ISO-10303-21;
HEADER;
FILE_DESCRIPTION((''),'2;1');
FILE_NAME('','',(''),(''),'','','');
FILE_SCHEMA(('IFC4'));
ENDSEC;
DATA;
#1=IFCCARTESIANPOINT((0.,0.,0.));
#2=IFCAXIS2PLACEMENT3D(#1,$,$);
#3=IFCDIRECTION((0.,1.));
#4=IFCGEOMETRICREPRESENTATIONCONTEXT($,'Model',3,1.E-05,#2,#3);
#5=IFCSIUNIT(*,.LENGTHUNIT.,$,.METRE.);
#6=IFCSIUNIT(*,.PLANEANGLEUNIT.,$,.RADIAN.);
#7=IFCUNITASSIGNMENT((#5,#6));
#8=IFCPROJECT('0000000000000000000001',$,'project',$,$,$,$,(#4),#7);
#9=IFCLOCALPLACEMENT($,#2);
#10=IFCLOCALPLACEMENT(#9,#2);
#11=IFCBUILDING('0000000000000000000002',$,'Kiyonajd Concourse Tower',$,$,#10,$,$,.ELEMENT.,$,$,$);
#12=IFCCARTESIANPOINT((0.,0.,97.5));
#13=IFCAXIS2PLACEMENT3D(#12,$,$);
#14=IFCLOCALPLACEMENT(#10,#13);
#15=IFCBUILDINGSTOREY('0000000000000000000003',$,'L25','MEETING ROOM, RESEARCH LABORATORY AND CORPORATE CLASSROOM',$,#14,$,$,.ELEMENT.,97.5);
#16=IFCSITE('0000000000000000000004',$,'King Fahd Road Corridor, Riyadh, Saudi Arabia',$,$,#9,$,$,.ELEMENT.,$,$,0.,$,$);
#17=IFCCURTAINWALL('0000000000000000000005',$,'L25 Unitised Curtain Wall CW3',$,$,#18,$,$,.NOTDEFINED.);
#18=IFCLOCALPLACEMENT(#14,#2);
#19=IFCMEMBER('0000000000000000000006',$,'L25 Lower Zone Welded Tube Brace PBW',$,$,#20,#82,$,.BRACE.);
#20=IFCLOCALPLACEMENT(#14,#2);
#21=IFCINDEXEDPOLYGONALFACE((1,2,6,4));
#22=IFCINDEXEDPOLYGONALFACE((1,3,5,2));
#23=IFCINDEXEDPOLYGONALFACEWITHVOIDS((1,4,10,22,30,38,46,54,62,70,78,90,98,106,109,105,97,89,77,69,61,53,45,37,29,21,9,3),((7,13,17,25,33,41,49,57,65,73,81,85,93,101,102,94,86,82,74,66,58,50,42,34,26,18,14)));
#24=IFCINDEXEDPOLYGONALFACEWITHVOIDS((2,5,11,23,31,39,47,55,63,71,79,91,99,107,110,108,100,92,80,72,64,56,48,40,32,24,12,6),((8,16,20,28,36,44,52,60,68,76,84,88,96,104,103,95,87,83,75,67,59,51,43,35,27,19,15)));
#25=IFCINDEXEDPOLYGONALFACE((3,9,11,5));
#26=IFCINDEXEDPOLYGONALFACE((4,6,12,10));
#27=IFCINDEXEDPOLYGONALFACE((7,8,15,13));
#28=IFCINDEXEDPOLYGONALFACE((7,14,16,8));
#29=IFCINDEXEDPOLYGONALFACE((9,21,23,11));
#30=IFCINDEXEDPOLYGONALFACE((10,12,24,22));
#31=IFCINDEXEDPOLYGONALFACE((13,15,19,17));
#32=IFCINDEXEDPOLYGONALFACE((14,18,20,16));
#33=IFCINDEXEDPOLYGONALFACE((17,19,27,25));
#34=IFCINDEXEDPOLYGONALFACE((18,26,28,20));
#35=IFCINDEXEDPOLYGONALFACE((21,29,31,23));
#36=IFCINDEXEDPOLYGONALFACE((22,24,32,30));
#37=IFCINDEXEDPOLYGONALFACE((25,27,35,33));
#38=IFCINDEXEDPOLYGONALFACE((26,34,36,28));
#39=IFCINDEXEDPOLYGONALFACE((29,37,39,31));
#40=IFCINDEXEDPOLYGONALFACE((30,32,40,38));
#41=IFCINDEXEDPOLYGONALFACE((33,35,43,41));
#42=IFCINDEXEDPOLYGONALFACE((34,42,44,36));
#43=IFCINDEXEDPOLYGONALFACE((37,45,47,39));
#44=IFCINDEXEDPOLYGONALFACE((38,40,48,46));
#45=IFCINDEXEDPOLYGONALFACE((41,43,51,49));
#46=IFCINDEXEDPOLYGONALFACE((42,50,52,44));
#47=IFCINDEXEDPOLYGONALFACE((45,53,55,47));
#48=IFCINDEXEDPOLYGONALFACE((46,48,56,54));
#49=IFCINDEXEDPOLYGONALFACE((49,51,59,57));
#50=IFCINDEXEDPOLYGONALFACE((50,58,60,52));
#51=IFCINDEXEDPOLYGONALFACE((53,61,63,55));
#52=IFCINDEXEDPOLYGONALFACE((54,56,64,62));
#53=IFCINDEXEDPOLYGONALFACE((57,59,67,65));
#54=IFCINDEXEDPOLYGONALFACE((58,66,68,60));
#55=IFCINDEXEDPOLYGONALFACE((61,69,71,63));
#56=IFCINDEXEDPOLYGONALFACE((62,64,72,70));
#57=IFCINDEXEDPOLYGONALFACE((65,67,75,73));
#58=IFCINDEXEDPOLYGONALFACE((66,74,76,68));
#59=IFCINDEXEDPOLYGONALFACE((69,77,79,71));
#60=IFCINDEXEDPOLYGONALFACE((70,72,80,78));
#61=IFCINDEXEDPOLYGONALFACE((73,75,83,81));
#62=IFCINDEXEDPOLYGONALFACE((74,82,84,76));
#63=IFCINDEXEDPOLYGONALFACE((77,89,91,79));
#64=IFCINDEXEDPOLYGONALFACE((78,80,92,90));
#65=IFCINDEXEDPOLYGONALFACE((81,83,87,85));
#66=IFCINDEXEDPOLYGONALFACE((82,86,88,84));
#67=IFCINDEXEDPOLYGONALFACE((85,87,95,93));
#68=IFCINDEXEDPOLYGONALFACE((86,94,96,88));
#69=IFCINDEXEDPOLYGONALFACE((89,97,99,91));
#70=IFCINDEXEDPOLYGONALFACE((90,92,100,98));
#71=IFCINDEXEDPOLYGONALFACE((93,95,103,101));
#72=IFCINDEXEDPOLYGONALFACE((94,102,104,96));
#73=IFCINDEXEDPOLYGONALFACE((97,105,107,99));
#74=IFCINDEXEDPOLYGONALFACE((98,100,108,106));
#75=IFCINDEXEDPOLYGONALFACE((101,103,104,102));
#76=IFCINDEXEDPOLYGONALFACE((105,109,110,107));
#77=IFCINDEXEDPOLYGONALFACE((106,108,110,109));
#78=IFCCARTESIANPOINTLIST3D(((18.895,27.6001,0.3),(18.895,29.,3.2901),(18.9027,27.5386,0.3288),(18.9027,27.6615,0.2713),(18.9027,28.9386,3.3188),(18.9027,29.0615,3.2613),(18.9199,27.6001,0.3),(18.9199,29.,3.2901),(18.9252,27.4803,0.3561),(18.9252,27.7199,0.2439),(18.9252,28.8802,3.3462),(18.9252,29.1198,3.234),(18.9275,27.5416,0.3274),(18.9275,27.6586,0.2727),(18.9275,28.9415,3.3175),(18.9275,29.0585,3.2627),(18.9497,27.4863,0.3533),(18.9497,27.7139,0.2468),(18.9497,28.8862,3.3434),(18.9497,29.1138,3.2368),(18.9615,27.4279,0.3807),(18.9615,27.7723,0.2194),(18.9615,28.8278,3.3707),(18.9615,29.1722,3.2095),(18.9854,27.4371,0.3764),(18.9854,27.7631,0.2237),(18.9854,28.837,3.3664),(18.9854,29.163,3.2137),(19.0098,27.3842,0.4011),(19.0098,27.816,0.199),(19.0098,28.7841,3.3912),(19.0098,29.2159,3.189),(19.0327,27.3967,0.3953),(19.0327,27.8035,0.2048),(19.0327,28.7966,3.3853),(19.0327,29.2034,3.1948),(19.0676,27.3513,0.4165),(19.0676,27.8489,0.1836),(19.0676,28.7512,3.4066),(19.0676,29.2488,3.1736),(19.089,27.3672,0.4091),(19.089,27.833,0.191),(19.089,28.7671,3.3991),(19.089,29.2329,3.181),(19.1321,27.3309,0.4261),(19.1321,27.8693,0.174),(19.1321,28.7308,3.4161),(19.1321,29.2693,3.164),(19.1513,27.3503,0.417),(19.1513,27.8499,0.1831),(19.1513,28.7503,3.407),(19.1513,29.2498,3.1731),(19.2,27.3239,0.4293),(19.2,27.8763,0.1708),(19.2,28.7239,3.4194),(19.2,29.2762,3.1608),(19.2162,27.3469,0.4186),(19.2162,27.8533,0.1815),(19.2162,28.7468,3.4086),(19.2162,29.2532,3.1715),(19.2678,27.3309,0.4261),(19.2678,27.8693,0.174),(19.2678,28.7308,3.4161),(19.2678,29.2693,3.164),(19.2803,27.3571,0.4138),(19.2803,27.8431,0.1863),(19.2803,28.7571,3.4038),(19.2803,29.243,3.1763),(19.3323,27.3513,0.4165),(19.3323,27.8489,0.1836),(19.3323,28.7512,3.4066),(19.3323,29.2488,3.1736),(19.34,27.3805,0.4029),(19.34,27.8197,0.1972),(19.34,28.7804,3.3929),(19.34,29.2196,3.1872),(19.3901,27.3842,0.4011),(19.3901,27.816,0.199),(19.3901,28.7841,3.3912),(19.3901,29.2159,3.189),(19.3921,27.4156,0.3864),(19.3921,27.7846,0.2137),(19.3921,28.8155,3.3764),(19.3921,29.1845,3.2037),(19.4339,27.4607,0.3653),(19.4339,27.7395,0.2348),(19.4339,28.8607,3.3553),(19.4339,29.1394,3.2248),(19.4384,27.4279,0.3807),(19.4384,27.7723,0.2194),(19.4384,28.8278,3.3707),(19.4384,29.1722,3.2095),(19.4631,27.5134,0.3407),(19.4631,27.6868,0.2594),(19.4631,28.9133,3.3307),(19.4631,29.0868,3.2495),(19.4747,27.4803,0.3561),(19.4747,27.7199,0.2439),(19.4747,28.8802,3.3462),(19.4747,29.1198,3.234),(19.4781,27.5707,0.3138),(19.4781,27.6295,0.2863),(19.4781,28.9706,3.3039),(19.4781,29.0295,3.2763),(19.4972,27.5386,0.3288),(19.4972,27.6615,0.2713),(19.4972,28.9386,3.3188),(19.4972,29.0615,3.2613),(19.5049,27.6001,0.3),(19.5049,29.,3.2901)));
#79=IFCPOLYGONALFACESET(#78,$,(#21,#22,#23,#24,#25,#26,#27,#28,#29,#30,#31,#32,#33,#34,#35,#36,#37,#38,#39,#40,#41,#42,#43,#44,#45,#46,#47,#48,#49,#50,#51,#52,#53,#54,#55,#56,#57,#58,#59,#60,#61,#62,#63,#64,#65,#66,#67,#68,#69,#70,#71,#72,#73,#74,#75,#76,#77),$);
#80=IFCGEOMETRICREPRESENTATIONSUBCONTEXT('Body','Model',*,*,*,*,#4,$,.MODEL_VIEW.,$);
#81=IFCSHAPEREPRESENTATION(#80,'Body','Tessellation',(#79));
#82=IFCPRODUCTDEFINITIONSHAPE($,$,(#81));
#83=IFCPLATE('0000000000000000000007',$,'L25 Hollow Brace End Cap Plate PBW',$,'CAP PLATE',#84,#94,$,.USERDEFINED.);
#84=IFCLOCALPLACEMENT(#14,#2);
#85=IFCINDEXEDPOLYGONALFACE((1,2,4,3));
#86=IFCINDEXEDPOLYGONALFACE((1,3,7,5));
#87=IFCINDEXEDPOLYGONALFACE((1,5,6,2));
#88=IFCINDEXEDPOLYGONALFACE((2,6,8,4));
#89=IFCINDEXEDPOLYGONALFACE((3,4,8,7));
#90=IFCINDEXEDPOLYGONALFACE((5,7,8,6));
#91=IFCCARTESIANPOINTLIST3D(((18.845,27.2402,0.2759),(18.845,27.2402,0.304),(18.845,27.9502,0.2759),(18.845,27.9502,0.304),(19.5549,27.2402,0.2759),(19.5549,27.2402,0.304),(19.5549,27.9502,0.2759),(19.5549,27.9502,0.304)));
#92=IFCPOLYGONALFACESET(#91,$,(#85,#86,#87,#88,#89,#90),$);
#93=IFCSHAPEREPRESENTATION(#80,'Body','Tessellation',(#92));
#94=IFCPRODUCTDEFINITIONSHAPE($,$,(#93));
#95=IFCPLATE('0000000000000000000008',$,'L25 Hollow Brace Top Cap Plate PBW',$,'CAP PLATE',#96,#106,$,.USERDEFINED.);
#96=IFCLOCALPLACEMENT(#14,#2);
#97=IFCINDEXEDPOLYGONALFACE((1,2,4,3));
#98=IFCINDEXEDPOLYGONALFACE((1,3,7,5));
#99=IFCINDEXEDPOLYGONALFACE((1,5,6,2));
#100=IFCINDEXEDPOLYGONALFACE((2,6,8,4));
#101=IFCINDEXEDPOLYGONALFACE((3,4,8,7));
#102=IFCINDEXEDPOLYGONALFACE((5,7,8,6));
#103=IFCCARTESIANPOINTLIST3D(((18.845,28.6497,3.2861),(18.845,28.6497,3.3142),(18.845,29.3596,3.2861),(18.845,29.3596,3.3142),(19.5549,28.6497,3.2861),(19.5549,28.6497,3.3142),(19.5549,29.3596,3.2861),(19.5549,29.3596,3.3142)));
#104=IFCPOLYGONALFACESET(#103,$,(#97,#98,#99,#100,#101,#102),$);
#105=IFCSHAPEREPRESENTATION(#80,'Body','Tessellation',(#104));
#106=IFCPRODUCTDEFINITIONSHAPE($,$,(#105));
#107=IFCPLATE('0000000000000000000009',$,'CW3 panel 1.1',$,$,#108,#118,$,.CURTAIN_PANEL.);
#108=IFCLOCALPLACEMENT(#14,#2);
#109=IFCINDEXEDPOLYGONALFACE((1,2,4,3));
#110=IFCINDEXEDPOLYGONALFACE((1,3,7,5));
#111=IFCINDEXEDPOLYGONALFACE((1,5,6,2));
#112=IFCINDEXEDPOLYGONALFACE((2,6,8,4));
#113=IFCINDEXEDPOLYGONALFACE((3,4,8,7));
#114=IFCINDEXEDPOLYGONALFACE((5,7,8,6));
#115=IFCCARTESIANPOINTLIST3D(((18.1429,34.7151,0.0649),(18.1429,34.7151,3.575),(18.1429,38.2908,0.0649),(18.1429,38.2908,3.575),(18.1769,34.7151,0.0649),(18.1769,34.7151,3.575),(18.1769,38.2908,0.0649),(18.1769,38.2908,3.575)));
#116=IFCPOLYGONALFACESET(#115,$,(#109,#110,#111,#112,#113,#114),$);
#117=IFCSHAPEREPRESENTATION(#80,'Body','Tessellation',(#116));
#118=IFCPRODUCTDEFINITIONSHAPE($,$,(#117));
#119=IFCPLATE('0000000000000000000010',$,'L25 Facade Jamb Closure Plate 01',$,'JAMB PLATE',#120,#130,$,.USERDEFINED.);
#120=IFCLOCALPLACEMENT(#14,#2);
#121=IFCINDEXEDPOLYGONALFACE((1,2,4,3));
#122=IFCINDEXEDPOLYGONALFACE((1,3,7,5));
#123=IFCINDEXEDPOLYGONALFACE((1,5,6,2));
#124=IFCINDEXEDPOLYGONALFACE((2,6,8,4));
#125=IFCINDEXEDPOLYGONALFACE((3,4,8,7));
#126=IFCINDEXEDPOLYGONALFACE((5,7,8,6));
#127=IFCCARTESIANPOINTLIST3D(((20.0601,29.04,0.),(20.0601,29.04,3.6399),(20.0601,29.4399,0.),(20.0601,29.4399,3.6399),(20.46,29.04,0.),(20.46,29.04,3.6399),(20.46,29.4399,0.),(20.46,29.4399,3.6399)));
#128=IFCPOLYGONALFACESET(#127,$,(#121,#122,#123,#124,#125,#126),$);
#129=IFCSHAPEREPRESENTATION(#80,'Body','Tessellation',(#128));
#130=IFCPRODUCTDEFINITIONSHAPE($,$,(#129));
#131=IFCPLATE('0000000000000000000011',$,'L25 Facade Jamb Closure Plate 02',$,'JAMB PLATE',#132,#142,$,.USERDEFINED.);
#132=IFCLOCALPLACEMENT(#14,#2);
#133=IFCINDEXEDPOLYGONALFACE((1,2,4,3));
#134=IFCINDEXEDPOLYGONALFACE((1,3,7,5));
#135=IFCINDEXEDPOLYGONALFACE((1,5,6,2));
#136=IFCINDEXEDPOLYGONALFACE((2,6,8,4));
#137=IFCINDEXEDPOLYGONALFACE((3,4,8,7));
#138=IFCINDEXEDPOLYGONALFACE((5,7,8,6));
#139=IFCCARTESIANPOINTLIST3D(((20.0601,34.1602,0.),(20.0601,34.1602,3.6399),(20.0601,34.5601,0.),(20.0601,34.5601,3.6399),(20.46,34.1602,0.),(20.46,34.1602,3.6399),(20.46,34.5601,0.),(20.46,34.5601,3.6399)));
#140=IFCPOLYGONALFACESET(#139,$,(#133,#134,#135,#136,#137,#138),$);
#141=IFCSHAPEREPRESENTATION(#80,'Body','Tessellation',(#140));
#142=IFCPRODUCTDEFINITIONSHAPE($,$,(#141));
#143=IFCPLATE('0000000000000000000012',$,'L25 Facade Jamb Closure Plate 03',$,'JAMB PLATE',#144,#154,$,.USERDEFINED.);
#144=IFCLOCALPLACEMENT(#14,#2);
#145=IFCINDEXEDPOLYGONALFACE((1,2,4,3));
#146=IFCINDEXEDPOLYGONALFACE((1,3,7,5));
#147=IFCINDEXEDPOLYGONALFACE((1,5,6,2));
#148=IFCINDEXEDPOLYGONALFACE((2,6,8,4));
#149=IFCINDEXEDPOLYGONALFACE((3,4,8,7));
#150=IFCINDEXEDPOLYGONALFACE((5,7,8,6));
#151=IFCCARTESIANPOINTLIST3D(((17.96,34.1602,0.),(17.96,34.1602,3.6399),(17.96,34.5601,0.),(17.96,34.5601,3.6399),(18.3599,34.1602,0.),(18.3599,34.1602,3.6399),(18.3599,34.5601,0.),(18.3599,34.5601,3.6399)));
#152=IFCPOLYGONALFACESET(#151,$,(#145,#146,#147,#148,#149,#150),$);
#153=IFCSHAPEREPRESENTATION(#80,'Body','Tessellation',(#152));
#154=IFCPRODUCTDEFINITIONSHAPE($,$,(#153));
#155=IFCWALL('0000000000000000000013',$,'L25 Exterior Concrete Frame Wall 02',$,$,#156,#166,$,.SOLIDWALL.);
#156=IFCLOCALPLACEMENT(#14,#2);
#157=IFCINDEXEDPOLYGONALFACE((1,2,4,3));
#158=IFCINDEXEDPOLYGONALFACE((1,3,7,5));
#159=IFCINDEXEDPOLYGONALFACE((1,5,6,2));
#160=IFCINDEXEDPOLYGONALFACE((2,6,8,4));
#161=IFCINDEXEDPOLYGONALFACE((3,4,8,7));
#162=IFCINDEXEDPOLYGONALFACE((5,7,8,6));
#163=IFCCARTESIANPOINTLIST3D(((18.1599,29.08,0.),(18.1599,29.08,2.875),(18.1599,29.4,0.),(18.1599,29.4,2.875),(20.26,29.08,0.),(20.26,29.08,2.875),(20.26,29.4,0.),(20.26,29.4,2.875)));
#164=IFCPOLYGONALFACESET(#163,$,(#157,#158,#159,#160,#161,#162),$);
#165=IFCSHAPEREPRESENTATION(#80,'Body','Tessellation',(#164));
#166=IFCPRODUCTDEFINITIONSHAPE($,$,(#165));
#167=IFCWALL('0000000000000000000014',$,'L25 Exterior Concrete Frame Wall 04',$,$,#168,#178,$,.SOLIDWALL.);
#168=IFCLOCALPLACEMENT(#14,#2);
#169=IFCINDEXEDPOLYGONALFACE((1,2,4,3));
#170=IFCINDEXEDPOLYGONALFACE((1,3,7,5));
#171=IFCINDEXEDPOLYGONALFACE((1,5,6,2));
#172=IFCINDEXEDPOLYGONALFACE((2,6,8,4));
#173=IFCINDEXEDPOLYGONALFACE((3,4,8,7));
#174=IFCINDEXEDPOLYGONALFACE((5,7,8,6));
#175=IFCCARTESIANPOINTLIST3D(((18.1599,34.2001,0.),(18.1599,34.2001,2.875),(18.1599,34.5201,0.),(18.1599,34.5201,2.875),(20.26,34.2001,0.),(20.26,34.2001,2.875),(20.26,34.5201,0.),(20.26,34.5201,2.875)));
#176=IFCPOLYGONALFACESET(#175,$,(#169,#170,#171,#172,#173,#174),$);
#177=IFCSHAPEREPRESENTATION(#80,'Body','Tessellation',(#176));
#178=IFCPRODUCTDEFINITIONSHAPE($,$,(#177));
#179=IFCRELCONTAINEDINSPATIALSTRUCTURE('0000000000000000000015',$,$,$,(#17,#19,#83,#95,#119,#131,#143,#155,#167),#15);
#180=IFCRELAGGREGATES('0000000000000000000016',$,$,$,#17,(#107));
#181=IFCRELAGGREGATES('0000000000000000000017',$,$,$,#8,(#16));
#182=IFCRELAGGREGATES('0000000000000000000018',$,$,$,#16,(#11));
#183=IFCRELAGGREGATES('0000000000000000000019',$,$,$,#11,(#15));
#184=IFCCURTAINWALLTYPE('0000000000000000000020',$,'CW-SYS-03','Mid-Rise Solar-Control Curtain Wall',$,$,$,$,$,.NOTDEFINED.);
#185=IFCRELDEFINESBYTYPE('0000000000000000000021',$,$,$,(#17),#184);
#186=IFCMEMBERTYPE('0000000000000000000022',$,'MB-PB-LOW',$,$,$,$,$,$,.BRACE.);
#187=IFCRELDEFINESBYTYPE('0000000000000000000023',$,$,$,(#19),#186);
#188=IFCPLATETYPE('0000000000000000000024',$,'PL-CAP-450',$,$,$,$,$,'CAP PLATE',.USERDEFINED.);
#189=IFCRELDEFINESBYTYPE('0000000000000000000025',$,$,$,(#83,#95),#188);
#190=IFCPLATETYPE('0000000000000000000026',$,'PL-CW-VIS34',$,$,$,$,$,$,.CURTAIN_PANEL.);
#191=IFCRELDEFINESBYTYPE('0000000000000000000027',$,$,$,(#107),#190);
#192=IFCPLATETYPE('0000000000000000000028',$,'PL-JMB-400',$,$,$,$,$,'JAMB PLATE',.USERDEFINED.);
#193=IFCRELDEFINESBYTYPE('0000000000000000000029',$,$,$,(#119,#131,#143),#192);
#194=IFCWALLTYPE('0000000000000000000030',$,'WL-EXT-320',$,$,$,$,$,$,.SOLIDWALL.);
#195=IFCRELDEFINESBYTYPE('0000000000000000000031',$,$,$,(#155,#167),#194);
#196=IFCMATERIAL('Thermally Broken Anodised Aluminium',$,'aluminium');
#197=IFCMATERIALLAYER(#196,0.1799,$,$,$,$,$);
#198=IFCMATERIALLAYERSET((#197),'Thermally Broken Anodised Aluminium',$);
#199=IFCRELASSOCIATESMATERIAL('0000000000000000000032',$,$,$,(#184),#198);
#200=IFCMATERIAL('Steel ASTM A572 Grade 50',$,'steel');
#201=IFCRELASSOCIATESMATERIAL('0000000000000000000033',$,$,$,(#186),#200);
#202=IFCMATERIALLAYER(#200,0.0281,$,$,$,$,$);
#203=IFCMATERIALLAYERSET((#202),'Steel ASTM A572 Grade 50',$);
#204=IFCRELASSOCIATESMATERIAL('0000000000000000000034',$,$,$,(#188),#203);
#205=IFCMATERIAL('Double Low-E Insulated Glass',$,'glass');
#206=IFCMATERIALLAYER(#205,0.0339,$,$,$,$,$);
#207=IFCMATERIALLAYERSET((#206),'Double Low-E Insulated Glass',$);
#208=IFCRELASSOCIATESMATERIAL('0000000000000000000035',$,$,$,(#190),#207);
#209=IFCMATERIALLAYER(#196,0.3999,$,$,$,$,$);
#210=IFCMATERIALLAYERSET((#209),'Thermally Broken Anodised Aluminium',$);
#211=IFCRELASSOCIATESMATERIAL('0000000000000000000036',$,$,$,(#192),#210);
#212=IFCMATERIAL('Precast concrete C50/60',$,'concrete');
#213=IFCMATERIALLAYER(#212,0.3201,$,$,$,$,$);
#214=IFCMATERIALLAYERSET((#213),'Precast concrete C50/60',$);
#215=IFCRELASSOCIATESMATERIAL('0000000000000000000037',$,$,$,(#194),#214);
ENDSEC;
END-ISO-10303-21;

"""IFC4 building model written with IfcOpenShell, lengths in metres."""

from ifc_helpers import new_model, si_unit, direction, frame, frame_2d, origin, origin_2d, place, context, subcontext, project, spatial, rectangle, hollow_circle, extrude, material, layer, layer_set, material_profile, profile_set, type_object, element, aggregate, save


model = new_model("IFC4")

# Units and contexts
model_context = context("Model", 3, precision=1e-05, world=origin(), true_north=direction((0.0, 1.0)))
body_context = subcontext(model_context, "Body", "Model", "MODEL_VIEW")
ifc_project = project(units=[si_unit("LENGTHUNIT", "METRE"), si_unit("PLANEANGLEUNIT", "RADIAN")], contexts=[model_context])

# Site, building, storey
site_placement = place(None, origin())
site = spatial("IfcSite", under=ifc_project, at=site_placement, Name="King Fahd Road Corridor, Riyadh, Saudi Arabia", CompositionType="ELEMENT", RefElevation=0.0)
building_placement = place(site_placement, origin())
building = spatial("IfcBuilding", under=site, at=building_placement, Name="Kiyonajd Concourse Tower", CompositionType="ELEMENT")
storey_placement = place(building_placement, frame((0.0, 0.0, 97.5)))
storey = spatial("IfcBuildingStorey", under=building, at=storey_placement, Name="L25", Description="MEETING ROOM, RESEARCH LABORATORY AND CORPORATE CLASSROOM", CompositionType="ELEMENT", Elevation=97.5)

# Shared definitions
ifc_material_1 = material(Name="Precast concrete C50/60", Category="concrete")

# Curtain wall
ifc_material_2 = material(Name="Thermally Broken Anodised Aluminium", Category="aluminium")
ifc_layer_1 = layer(ifc_material_2, 0.1799)
ifc_layer_set_1 = layer_set([ifc_layer_1], Name="Thermally Broken Anodised Aluminium")
curtain_wall_type = type_object("IfcCurtainWallType", Name="CW-SYS-03", Description="Mid-Rise Solar-Control Curtain Wall", PredefinedType="NOTDEFINED", material=ifc_layer_set_1)
curtain_wall_placement = place(storey_placement, origin())
curtain_wall = element("IfcCurtainWall", 1, at=curtain_wall_placement, inside=storey, type_object=curtain_wall_type, Name="L25 Unitised Curtain Wall CW3", PredefinedType="NOTDEFINED")

# Member
ifc_material_3 = material(Name="Steel ASTM A572 Grade 50", Category="steel")
ifc_material_profile_1 = material_profile(ifc_material_3, hollow_circle(Radius=0.3049, WallThickness=0.0249, at=origin_2d()), Name="CHS-610x25")
ifc_profile_set_1 = profile_set([ifc_material_profile_1], Name="Steel ASTM A572 Grade 50")
member_type_1 = type_object("IfcMemberType", Name="MB-PB-LOW", PredefinedType="BRACE", material=ifc_profile_set_1)
member_1_placement = place(storey_placement, frame((19.2, 27.6001, 0.3), z_axis=(0.0, 0.424023, 0.905652), x_axis=(-1.0, 0.0, 0.0)))
element("IfcMember", 2, at=member_1_placement, inside=storey, type_object=member_type_1, Name="L25 Lower Zone Welded Tube Brace PBW", PredefinedType="BRACE", context=body_context, shape_type="SweptSolid", body=[
    extrude(hollow_circle(Radius=0.3049, WallThickness=0.0249, at=origin_2d()), origin(), (0.0, 0.0, 1.0), 3.3015),
])

# Plates
ifc_layer_2 = layer(ifc_material_3, 0.0281)
ifc_layer_set_2 = layer_set([ifc_layer_2], Name="Steel ASTM A572 Grade 50")
plate_type_1 = type_object("IfcPlateType", Name="PL-CAP-450", ElementType="CAP PLATE", PredefinedType="USERDEFINED", material=ifc_layer_set_2)
for number, where, z_axis, x_axis, name in (
    (3, (19.2, 27.5952, 0.2759), (0.0, 0.0, 1.0), (1.0, 0.0, 0.0), "L25 Hollow Brace End Cap Plate PBW"),
    (4, (19.2, 29.0046, 3.2861), (0.0, 0.0, 1.0), (1.0, 0.0, 0.0), "L25 Hollow Brace Top Cap Plate PBW"),
):
    element("IfcPlate", number, at=place(storey_placement, frame(where, z_axis=z_axis, x_axis=x_axis)), inside=storey, type_object=plate_type_1, Name=name, ObjectType="CAP PLATE", PredefinedType="USERDEFINED", context=body_context, shape_type="SweptSolid", body=[
        extrude(rectangle(XDim=0.71, YDim=0.71, at=origin_2d()), origin(), (0.0, 0.0, 1.0), 0.0281),
    ])

# Plate
ifc_material_4 = material(Name="Double Low-E Insulated Glass", Category="glass")
ifc_layer_3 = layer(ifc_material_4, 0.0339)
ifc_layer_set_3 = layer_set([ifc_layer_3], Name="Double Low-E Insulated Glass")
plate_type_2 = type_object("IfcPlateType", Name="PL-CW-VIS34", PredefinedType="CURTAIN_PANEL", material=ifc_layer_set_3)
plate_placement = place(storey_placement, frame((18.1599, 36.5029, 0.0649), z_axis=(0.0, 0.0, 1.0), x_axis=(0.0, 1.0, 0.0)))
plate = element("IfcPlate", 5, at=plate_placement, type_object=plate_type_2, Name="CW3 panel 1.1", PredefinedType="CURTAIN_PANEL", context=body_context, shape_type="SweptSolid", body=[
    extrude(rectangle(XDim=3.5757, YDim=0.0339, at=origin_2d()), origin(), (0.0, 0.0, 1.0), 3.51),
])
aggregate(curtain_wall, [plate])

# Plates
ifc_layer_4 = layer(ifc_material_2, 0.3999)
ifc_layer_set_4 = layer_set([ifc_layer_4], Name="Thermally Broken Anodised Aluminium")
plate_type_3 = type_object("IfcPlateType", Name="PL-JMB-400", ElementType="JAMB PLATE", PredefinedType="USERDEFINED", material=ifc_layer_set_4)
for number, where, z_axis, x_axis, name in (
    (6, (20.26, 29.24, 0.0), (0.0, 0.0, 1.0), (1.0, 0.0, 0.0), "L25 Facade Jamb Closure Plate 01"),
    (7, (20.26, 34.3601, 0.0), (0.0, 0.0, 1.0), (1.0, 0.0, 0.0), "L25 Facade Jamb Closure Plate 02"),
    (8, (18.1599, 34.3601, 0.0), (0.0, 0.0, 1.0), (1.0, 0.0, 0.0), "L25 Facade Jamb Closure Plate 03"),
):
    element("IfcPlate", number, at=place(storey_placement, frame(where, z_axis=z_axis, x_axis=x_axis)), inside=storey, type_object=plate_type_3, Name=name, ObjectType="JAMB PLATE", PredefinedType="USERDEFINED", context=body_context, shape_type="SweptSolid", body=[
        extrude(rectangle(XDim=0.3999, YDim=0.3999, at=origin_2d()), origin(), (0.0, 0.0, 1.0), 3.6399),
    ])

# Walls
ifc_layer_5 = layer(ifc_material_1, 0.3201)
ifc_layer_set_5 = layer_set([ifc_layer_5], Name="Precast concrete C50/60")
wall_type_1 = type_object("IfcWallType", Name="WL-EXT-320", PredefinedType="SOLIDWALL", material=ifc_layer_set_5)
for number, where, z_axis, x_axis, name in (
    (9, (18.1599, 29.24, 0.0), (0.0, 0.0, 1.0), (1.0, 0.0, 0.0), "L25 Exterior Concrete Frame Wall 02"),
    (10, (20.26, 34.3601, 0.0), (0.0, 0.0, 1.0), (-1.0, 0.0, 0.0), "L25 Exterior Concrete Frame Wall 04"),
):
    element("IfcWall", number, at=place(storey_placement, frame(where, z_axis=z_axis, x_axis=x_axis)), inside=storey, type_object=wall_type_1, Name=name, PredefinedType="SOLIDWALL", context=body_context, shape_type="SweptSolid", body=[
        extrude(rectangle(XDim=2.1001, YDim=0.3201, at=frame_2d((1.05, 0.0))), origin(), (0.0, 0.0, 1.0), 2.875),
    ])

save(model, "model.ifc")
